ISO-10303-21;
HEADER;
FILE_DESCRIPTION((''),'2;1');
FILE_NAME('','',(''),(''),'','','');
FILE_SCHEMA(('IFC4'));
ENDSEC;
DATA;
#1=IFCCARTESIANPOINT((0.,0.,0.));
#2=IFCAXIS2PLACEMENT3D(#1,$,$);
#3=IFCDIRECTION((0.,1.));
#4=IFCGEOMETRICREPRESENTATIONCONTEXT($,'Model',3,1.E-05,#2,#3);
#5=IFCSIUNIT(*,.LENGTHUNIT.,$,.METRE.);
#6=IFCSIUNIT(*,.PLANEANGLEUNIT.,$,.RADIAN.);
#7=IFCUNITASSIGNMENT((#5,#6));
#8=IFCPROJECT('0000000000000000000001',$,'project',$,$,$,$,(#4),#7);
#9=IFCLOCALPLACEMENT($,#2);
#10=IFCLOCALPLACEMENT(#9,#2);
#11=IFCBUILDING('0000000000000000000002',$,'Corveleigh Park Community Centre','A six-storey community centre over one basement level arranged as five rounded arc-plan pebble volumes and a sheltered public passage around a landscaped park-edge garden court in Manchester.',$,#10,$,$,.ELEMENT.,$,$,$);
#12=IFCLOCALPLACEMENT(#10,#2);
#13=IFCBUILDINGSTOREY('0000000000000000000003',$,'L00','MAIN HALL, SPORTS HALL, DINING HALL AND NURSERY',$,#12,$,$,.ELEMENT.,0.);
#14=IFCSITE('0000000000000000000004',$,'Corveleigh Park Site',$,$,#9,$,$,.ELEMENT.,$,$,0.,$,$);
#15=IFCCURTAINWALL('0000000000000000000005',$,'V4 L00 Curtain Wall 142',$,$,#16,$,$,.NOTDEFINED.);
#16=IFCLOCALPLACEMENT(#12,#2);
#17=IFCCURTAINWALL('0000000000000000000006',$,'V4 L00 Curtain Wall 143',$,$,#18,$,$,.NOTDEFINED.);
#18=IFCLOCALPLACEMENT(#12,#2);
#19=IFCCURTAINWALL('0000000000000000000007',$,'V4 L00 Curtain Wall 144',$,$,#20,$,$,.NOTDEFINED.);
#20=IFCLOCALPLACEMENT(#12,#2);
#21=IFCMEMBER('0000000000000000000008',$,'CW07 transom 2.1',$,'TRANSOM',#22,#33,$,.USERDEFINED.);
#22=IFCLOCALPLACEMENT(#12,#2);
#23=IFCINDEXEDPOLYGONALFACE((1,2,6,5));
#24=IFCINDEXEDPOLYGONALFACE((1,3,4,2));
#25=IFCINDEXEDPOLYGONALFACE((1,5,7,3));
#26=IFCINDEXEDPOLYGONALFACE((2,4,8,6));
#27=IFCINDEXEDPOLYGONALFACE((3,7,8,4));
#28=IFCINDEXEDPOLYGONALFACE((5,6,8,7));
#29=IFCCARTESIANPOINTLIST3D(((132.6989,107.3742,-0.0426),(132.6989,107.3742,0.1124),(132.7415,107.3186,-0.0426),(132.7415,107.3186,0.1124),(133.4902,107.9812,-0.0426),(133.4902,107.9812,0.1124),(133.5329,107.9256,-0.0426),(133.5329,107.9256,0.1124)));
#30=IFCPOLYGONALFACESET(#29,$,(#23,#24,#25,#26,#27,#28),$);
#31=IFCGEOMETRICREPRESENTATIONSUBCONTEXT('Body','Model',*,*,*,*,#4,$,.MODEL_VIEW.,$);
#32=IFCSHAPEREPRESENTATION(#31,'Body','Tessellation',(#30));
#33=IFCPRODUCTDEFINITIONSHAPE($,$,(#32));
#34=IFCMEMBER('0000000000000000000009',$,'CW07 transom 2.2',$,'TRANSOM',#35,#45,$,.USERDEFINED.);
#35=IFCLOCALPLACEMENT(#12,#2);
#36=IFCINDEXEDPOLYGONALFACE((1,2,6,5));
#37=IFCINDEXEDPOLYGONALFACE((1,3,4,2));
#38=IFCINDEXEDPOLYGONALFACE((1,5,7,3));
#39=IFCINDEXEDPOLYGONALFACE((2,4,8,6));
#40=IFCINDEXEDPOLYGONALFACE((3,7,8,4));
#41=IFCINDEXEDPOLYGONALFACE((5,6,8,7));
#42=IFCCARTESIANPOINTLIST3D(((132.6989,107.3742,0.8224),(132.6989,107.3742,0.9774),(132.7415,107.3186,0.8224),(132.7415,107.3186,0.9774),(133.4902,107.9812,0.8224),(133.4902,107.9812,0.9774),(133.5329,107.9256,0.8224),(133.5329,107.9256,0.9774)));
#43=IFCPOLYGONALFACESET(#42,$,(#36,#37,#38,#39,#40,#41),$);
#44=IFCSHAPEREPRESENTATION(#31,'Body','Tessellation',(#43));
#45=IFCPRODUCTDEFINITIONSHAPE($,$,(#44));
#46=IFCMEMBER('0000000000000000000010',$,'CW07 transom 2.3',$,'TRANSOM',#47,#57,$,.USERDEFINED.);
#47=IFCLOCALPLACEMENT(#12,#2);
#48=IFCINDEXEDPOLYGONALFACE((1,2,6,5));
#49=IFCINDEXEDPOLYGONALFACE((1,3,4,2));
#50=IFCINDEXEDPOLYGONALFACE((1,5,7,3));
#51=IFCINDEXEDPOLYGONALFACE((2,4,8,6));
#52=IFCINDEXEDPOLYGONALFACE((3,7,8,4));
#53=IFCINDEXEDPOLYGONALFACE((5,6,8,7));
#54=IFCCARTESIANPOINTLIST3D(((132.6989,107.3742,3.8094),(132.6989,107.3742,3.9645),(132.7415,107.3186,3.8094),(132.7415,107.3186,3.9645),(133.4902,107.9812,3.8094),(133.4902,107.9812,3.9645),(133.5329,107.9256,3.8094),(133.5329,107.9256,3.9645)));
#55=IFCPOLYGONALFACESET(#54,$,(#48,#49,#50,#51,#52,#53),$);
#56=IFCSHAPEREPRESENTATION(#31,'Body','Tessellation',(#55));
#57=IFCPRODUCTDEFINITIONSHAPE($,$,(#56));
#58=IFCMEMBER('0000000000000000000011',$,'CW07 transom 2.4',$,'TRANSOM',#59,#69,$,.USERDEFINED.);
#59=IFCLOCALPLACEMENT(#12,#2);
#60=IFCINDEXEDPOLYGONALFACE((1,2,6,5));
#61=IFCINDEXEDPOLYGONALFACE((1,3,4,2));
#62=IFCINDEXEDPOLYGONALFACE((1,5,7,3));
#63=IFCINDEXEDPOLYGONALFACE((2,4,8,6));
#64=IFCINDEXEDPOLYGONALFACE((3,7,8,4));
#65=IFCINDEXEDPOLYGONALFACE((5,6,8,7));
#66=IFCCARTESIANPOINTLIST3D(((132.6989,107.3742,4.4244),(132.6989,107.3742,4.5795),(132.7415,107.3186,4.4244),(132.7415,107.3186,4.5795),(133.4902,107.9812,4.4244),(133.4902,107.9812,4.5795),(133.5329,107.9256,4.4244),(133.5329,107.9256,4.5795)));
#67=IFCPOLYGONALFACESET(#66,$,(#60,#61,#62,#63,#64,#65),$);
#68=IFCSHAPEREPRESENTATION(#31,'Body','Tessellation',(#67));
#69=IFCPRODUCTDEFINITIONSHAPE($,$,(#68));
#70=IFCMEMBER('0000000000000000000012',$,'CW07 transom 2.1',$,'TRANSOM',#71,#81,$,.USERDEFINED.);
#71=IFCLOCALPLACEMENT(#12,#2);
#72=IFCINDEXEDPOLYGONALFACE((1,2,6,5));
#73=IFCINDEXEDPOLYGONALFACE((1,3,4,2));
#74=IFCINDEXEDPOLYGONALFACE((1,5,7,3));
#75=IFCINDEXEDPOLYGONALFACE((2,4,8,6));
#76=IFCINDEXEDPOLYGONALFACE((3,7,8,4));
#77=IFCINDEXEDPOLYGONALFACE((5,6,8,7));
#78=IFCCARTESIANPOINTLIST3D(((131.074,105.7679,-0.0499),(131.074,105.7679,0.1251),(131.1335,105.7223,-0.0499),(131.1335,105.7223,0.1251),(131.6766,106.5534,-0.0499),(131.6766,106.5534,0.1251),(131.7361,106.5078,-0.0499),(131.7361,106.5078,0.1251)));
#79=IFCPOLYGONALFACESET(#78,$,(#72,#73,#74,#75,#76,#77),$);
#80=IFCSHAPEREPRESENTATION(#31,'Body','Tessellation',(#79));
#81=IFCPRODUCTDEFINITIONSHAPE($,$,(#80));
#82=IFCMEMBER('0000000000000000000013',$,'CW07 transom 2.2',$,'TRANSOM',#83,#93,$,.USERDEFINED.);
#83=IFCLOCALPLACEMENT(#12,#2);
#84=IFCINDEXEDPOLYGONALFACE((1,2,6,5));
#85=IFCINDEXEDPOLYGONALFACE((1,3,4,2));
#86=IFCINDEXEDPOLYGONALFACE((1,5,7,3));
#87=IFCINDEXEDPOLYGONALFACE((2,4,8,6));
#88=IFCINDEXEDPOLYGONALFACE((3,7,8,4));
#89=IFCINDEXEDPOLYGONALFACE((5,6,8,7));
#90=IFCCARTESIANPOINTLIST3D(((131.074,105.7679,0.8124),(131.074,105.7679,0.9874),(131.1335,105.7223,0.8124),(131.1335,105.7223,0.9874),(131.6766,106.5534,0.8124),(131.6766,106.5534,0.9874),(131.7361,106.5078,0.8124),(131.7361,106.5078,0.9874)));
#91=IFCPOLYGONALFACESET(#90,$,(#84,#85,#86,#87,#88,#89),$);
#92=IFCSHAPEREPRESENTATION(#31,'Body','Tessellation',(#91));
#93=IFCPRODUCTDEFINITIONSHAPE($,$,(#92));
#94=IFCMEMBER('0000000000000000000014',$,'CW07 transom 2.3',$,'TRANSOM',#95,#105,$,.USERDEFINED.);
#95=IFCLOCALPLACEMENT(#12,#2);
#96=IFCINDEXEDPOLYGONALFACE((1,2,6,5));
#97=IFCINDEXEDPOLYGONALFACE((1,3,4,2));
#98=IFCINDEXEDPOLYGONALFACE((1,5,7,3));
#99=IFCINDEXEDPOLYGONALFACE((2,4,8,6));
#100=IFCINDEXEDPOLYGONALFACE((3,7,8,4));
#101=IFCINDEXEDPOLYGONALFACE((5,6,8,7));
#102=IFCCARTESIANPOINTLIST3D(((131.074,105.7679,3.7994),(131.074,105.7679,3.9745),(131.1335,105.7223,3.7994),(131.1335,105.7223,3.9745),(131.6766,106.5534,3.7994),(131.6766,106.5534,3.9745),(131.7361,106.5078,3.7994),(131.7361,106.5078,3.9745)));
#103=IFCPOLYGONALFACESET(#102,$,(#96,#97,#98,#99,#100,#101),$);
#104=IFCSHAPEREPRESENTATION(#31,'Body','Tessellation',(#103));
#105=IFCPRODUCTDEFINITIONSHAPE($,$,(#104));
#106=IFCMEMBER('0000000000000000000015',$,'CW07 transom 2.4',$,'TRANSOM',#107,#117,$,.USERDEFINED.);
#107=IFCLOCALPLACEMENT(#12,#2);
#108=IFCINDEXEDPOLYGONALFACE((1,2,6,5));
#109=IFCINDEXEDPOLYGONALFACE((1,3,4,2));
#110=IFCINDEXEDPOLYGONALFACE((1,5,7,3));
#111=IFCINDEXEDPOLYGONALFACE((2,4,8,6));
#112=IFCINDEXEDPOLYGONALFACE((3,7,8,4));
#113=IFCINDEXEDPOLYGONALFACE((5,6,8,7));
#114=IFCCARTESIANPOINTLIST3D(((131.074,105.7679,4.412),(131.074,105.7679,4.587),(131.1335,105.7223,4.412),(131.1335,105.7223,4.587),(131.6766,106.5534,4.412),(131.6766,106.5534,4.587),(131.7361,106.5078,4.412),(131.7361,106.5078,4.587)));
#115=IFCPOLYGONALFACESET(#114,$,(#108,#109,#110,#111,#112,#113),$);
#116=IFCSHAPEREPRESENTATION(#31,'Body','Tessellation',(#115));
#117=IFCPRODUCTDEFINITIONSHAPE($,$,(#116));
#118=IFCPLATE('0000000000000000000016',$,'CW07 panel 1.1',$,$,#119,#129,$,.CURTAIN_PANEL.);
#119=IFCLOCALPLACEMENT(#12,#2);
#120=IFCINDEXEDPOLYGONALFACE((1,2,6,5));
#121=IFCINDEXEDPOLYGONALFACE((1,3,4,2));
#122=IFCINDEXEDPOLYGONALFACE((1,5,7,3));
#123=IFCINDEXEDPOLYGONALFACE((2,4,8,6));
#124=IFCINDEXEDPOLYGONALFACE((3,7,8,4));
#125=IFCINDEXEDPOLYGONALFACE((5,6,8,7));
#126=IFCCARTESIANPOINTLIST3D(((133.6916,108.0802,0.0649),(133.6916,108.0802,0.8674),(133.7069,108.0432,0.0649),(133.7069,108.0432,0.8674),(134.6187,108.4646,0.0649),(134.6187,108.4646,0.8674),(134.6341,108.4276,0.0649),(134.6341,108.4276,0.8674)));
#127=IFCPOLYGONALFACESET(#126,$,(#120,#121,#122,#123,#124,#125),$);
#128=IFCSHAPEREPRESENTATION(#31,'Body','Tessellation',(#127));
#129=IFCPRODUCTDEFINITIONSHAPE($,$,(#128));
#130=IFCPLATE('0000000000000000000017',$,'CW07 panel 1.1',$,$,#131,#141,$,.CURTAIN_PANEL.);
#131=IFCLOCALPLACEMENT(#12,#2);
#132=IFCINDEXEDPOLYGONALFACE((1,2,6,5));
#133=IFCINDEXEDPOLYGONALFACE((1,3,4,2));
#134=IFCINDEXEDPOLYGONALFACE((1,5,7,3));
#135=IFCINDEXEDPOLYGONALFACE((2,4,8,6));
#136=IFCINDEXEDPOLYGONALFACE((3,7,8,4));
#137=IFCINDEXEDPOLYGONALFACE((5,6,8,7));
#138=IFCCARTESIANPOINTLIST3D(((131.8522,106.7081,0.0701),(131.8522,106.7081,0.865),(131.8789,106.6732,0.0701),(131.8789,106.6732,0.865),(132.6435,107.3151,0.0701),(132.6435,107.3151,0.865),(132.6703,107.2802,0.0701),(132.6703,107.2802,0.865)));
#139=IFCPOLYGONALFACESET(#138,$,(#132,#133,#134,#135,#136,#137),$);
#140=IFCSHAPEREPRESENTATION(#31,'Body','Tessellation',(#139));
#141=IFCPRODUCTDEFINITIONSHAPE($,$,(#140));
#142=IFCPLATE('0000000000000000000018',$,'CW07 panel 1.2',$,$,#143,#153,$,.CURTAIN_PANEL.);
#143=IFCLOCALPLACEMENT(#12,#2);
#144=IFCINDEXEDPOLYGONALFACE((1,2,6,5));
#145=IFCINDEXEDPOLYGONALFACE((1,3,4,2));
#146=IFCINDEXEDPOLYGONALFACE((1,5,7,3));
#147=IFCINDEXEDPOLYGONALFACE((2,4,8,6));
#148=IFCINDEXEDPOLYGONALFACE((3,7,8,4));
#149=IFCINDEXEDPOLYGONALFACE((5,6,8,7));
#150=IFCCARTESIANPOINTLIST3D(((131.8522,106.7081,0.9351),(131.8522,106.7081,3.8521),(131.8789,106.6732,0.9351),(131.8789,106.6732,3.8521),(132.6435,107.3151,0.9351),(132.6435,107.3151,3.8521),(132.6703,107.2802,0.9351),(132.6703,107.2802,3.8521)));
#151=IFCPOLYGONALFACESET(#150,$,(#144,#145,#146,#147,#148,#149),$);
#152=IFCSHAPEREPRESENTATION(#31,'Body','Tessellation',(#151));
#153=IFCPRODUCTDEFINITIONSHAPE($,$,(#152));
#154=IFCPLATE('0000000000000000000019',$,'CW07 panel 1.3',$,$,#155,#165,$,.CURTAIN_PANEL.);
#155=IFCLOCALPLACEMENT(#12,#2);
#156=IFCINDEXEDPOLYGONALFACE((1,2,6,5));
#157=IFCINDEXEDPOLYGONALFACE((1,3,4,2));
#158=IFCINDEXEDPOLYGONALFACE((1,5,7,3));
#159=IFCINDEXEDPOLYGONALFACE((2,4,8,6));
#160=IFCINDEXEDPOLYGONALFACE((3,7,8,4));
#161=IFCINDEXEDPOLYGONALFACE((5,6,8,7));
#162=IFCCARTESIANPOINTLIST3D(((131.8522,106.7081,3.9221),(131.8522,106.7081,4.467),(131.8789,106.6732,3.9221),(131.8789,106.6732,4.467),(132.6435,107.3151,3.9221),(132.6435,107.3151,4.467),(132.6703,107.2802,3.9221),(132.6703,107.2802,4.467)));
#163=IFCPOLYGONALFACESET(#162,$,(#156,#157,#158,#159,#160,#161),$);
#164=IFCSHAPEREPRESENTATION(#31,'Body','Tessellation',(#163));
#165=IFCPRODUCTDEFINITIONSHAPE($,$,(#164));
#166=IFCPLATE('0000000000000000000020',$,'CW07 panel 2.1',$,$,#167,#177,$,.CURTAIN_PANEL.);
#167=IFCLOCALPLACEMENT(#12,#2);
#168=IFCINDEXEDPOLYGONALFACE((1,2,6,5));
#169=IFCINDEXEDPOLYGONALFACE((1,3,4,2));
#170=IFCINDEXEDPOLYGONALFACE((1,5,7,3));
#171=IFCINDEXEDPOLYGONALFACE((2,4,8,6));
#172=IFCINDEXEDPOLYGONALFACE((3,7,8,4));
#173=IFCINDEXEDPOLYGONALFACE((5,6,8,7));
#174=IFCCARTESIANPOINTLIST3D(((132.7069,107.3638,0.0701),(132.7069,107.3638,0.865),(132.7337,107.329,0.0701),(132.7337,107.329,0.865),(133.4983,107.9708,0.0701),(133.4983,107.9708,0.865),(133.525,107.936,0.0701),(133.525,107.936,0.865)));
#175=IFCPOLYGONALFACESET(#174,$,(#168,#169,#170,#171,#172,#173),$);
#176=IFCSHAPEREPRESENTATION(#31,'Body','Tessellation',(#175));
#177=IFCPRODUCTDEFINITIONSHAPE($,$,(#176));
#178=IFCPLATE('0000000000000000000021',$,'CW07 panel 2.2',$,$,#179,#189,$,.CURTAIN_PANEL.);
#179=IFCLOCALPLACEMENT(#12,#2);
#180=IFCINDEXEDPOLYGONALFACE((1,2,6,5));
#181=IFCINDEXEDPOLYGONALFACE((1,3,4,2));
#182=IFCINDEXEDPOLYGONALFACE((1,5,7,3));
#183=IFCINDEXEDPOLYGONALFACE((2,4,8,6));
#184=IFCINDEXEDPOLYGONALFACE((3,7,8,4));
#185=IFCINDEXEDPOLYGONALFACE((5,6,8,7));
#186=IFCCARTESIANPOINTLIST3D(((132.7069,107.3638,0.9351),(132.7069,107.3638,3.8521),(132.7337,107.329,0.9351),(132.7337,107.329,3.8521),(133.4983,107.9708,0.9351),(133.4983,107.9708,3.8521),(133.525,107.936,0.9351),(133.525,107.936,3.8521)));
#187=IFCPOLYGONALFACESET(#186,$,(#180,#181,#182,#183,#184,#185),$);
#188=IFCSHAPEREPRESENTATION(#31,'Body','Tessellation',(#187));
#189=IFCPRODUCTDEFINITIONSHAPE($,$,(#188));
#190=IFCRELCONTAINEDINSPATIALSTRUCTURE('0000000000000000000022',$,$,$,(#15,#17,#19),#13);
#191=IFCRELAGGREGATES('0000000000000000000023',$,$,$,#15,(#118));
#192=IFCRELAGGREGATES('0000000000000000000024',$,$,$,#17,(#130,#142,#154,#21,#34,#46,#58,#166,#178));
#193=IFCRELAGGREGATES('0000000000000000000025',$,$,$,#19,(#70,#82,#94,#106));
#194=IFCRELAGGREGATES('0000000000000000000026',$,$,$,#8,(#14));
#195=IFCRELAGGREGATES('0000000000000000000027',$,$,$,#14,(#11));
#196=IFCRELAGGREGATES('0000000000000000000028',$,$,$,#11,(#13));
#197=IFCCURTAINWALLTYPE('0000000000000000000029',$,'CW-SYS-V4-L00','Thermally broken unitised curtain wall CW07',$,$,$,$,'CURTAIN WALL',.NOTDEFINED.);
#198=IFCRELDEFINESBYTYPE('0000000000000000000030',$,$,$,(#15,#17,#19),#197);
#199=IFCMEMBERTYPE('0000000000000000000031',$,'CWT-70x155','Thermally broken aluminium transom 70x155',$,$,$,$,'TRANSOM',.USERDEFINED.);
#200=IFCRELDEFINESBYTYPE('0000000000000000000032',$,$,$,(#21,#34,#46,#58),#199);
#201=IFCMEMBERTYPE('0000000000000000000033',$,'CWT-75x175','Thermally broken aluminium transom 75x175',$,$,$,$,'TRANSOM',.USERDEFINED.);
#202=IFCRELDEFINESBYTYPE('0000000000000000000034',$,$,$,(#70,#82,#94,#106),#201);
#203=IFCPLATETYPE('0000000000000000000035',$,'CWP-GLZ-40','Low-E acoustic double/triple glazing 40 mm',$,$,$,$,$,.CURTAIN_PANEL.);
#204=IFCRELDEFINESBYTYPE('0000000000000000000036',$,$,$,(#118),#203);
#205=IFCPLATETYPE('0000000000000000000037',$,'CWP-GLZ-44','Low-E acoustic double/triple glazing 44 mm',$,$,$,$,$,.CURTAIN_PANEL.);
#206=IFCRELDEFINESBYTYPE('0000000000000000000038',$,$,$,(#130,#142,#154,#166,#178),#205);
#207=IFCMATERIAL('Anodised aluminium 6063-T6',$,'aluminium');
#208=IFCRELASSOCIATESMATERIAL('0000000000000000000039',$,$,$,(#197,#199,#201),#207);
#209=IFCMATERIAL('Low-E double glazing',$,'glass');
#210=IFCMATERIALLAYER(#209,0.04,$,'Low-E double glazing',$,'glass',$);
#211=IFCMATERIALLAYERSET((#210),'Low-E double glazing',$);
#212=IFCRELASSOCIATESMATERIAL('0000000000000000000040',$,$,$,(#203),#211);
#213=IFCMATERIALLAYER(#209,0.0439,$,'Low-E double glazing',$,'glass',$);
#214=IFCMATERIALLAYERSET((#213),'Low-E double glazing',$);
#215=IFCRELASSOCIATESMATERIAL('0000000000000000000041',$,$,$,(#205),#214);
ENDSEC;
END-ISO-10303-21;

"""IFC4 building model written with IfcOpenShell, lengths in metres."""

from ifc_helpers import new_model, si_unit, direction, frame, origin, origin_2d, place, context, subcontext, project, spatial, rectangle, extrude, material, layer, layer_set, material_profile, profile_set, type_object, element, aggregate, save


model = new_model("IFC4")

# Units and contexts
model_context = context("Model", 3, precision=1e-05, world=origin(), true_north=direction((0.0, 1.0)))
body_context = subcontext(model_context, "Body", "Model", "MODEL_VIEW")
ifc_project = project(units=[si_unit("LENGTHUNIT", "METRE"), si_unit("PLANEANGLEUNIT", "RADIAN")], contexts=[model_context])

# Site, building, storey
site_placement = place(None, origin())
site = spatial("IfcSite", under=ifc_project, at=site_placement, Name="Corveleigh Park Site", CompositionType="ELEMENT", RefElevation=0.0)
building_placement = place(site_placement, origin())
building = spatial("IfcBuilding", under=site, at=building_placement, Name="Corveleigh Park Community Centre", Description="A six-storey community centre over one basement level arranged as five rounded arc-plan pebble volumes and a sheltered public passage around a landscaped park-edge garden court in Manchester.", CompositionType="ELEMENT")
storey_placement = place(building_placement, origin())
storey = spatial("IfcBuildingStorey", under=building, at=storey_placement, Name="L00", Description="MAIN HALL, SPORTS HALL, DINING HALL AND NURSERY", CompositionType="ELEMENT", Elevation=0.0)

# Curtain wall
ifc_material_1 = material(Name="Anodised aluminium 6063-T6", Category="aluminium")
curtain_wall_type = type_object("IfcCurtainWallType", Name="CW-SYS-V4-L00", Description="Thermally broken unitised curtain wall CW07", ElementType="CURTAIN WALL", PredefinedType="NOTDEFINED", material=ifc_material_1)
curtain_wall_1_placement = place(storey_placement, origin())
curtain_wall_1 = element("IfcCurtainWall", 1, at=curtain_wall_1_placement, inside=storey, type_object=curtain_wall_type, Name="V4 L00 Curtain Wall 142", PredefinedType="NOTDEFINED")

# Curtain walls
curtain_wall_2_placement = place(storey_placement, origin())
curtain_wall_2 = element("IfcCurtainWall", 2, at=curtain_wall_2_placement, inside=storey, type_object=curtain_wall_type, Name="V4 L00 Curtain Wall 143", PredefinedType="NOTDEFINED")
curtain_wall_3_placement = place(storey_placement, origin())
curtain_wall_3 = element("IfcCurtainWall", 3, at=curtain_wall_3_placement, inside=storey, type_object=curtain_wall_type, Name="V4 L00 Curtain Wall 144", PredefinedType="NOTDEFINED")

# Members
ifc_material_profile_1 = material_profile(ifc_material_1, rectangle(XDim=0.0701, YDim=0.155, at=origin_2d()), Name="ALU-T70x155", Category="aluminium")
ifc_profile_set_1 = profile_set([ifc_material_profile_1], Name="Anodised aluminium 6063-T6")
member_type_1 = type_object("IfcMemberType", Name="CWT-70x155", Description="Thermally broken aluminium transom 70x155", ElementType="TRANSOM", PredefinedType="USERDEFINED", material=ifc_profile_set_1)
member_1_placement = place(storey_placement, frame((132.7202, 107.3464, 0.0349), z_axis=(0.793461, 0.608622, 0.0), x_axis=(-0.608622, 0.793461, 0.0)))
member_1 = element("IfcMember", 4, at=member_1_placement, type_object=member_type_1, Name="CW07 transom 2.1", ObjectType="TRANSOM", PredefinedType="USERDEFINED", context=body_context, shape_type="SweptSolid", body=[
    extrude(rectangle(XDim=0.0701, YDim=0.155, at=origin_2d()), origin(), (0.0, 0.0, 1.0), 0.9973),
])
member_2_placement = place(storey_placement, frame((132.7202, 107.3464, 0.8999), z_axis=(0.793461, 0.608622, 0.0), x_axis=(-0.608622, 0.793461, 0.0)))
member_2 = element("IfcMember", 5, at=member_2_placement, type_object=member_type_1, Name="CW07 transom 2.2", ObjectType="TRANSOM", PredefinedType="USERDEFINED", context=body_context, shape_type="SweptSolid", body=[
    extrude(rectangle(XDim=0.0701, YDim=0.155, at=origin_2d()), origin(), (0.0, 0.0, 1.0), 0.9973),
])
member_3_placement = place(storey_placement, frame((132.7202, 107.3464, 3.887), z_axis=(0.793461, 0.608622, 0.0), x_axis=(-0.608622, 0.793461, 0.0)))
member_3 = element("IfcMember", 6, at=member_3_placement, type_object=member_type_1, Name="CW07 transom 2.3", ObjectType="TRANSOM", PredefinedType="USERDEFINED", context=body_context, shape_type="SweptSolid", body=[
    extrude(rectangle(XDim=0.0701, YDim=0.155, at=origin_2d()), origin(), (0.0, 0.0, 1.0), 0.9973),
])
member_4_placement = place(storey_placement, frame((132.7202, 107.3464, 4.502), z_axis=(0.793461, 0.608622, 0.0), x_axis=(-0.608622, 0.793461, 0.0)))
member_4 = element("IfcMember", 7, at=member_4_placement, type_object=member_type_1, Name="CW07 transom 2.4", ObjectType="TRANSOM", PredefinedType="USERDEFINED", context=body_context, shape_type="SweptSolid", body=[
    extrude(rectangle(XDim=0.0701, YDim=0.155, at=origin_2d()), origin(), (0.0, 0.0, 1.0), 0.9973),
])
ifc_material_profile_2 = material_profile(ifc_material_1, rectangle(XDim=0.075, YDim=0.175, at=origin_2d()), Name="ALU-T75x175", Category="aluminium")
ifc_profile_set_2 = profile_set([ifc_material_profile_2], Name="Anodised aluminium 6063-T6")
member_type_2 = type_object("IfcMemberType", Name="CWT-75x175", Description="Thermally broken aluminium transom 75x175", ElementType="TRANSOM", PredefinedType="USERDEFINED", material=ifc_profile_set_2)
member_5_placement = place(storey_placement, frame((131.1038, 105.7451, 0.0376), z_axis=(0.608685, 0.793412, 0.0), x_axis=(-0.793412, 0.608685, 0.0)))
member_5 = element("IfcMember", 8, at=member_5_placement, type_object=member_type_2, Name="CW07 transom 2.1", ObjectType="TRANSOM", PredefinedType="USERDEFINED", context=body_context, shape_type="SweptSolid", body=[
    extrude(rectangle(XDim=0.075, YDim=0.175, at=origin_2d()), origin(), (0.0, 0.0, 1.0), 0.99),
])
member_6_placement = place(storey_placement, frame((131.1038, 105.7451, 0.8999), z_axis=(0.608685, 0.793412, 0.0), x_axis=(-0.793412, 0.608685, 0.0)))
member_6 = element("IfcMember", 9, at=member_6_placement, type_object=member_type_2, Name="CW07 transom 2.2", ObjectType="TRANSOM", PredefinedType="USERDEFINED", context=body_context, shape_type="SweptSolid", body=[
    extrude(rectangle(XDim=0.075, YDim=0.175, at=origin_2d()), origin(), (0.0, 0.0, 1.0), 0.99),
])
member_7_placement = place(storey_placement, frame((131.1038, 105.7451, 3.887), z_axis=(0.608685, 0.793412, 0.0), x_axis=(-0.793412, 0.608685, 0.0)))
member_7 = element("IfcMember", 10, at=member_7_placement, type_object=member_type_2, Name="CW07 transom 2.3", ObjectType="TRANSOM", PredefinedType="USERDEFINED", context=body_context, shape_type="SweptSolid", body=[
    extrude(rectangle(XDim=0.075, YDim=0.175, at=origin_2d()), origin(), (0.0, 0.0, 1.0), 0.99),
])
member_8_placement = place(storey_placement, frame((131.1038, 105.7451, 4.4995), z_axis=(0.608685, 0.793412, 0.0), x_axis=(-0.793412, 0.608685, 0.0)))
member_8 = element("IfcMember", 11, at=member_8_placement, type_object=member_type_2, Name="CW07 transom 2.4", ObjectType="TRANSOM", PredefinedType="USERDEFINED", context=body_context, shape_type="SweptSolid", body=[
    extrude(rectangle(XDim=0.075, YDim=0.175, at=origin_2d()), origin(), (0.0, 0.0, 1.0), 0.99),
])

# Plates
ifc_material_2 = material(Name="Low-E double glazing", Category="glass")
ifc_layer_1 = layer(ifc_material_2, 0.04, Name="Low-E double glazing", Category="glass")
ifc_layer_set_1 = layer_set([ifc_layer_1], Name="Low-E double glazing")
plate_type_1 = type_object("IfcPlateType", Name="CWP-GLZ-40", Description="Low-E acoustic double/triple glazing 40 mm", PredefinedType="CURTAIN_PANEL", material=ifc_layer_set_1)
plate_1_placement = place(storey_placement, frame((134.1628, 108.2539, 0.0649), z_axis=(0.0, 0.0, 1.0), x_axis=(0.923738, 0.383024, 0.0)))
plate_1 = element("IfcPlate", 12, at=plate_1_placement, type_object=plate_type_1, Name="CW07 panel 1.1", PredefinedType="CURTAIN_PANEL", context=body_context, shape_type="SweptSolid", body=[
    extrude(rectangle(XDim=1.0037, YDim=0.04, at=origin_2d()), origin(), (0.0, 0.0, 1.0), 0.8025),
])
aggregate(curtain_wall_1, [plate_1])
ifc_layer_2 = layer(ifc_material_2, 0.0439, Name="Low-E double glazing", Category="glass")
ifc_layer_set_2 = layer_set([ifc_layer_2], Name="Low-E double glazing")
plate_type_2 = type_object("IfcPlateType", Name="CWP-GLZ-44", Description="Low-E acoustic double/triple glazing 44 mm", PredefinedType="CURTAIN_PANEL", material=ifc_layer_set_2)
plate_2_placement = place(storey_placement, frame((132.2612, 106.9941, 0.0701), z_axis=(0.0, 0.0, 1.0), x_axis=(0.793455, 0.608629, 0.0)))
plate_2 = element("IfcPlate", 13, at=plate_2_placement, type_object=plate_type_2, Name="CW07 panel 1.1", PredefinedType="CURTAIN_PANEL", context=body_context, shape_type="SweptSolid", body=[
    extrude(rectangle(XDim=0.9973, YDim=0.0439, at=origin_2d()), origin(), (0.0, 0.0, 1.0), 0.7949),
])
plate_3_placement = place(storey_placement, frame((132.2612, 106.9941, 0.9351), z_axis=(0.0, 0.0, 1.0), x_axis=(0.793455, 0.608629, 0.0)))
plate_3 = element("IfcPlate", 14, at=plate_3_placement, type_object=plate_type_2, Name="CW07 panel 1.2", PredefinedType="CURTAIN_PANEL", context=body_context, shape_type="SweptSolid", body=[
    extrude(rectangle(XDim=0.9973, YDim=0.0439, at=origin_2d()), origin(), (0.0, 0.0, 1.0), 2.917),
])
plate_4_placement = place(storey_placement, frame((132.2612, 106.9941, 3.9221), z_axis=(0.0, 0.0, 1.0), x_axis=(0.793455, 0.608629, 0.0)))
plate_4 = element("IfcPlate", 15, at=plate_4_placement, type_object=plate_type_2, Name="CW07 panel 1.3", PredefinedType="CURTAIN_PANEL", context=body_context, shape_type="SweptSolid", body=[
    extrude(rectangle(XDim=0.9973, YDim=0.0439, at=origin_2d()), origin(), (0.0, 0.0, 1.0), 0.5449),
])
plate_5_placement = place(storey_placement, frame((133.116, 107.6499, 0.0701), z_axis=(0.0, 0.0, 1.0), x_axis=(0.793455, 0.608629, 0.0)))
plate_5 = element("IfcPlate", 16, at=plate_5_placement, type_object=plate_type_2, Name="CW07 panel 2.1", PredefinedType="CURTAIN_PANEL", context=body_context, shape_type="SweptSolid", body=[
    extrude(rectangle(XDim=0.9973, YDim=0.0439, at=origin_2d()), origin(), (0.0, 0.0, 1.0), 0.7949),
])
plate_6_placement = place(storey_placement, frame((133.116, 107.6499, 0.9351), z_axis=(0.0, 0.0, 1.0), x_axis=(0.793455, 0.608629, 0.0)))
plate_6 = element("IfcPlate", 17, at=plate_6_placement, type_object=plate_type_2, Name="CW07 panel 2.2", PredefinedType="CURTAIN_PANEL", context=body_context, shape_type="SweptSolid", body=[
    extrude(rectangle(XDim=0.9973, YDim=0.0439, at=origin_2d()), origin(), (0.0, 0.0, 1.0), 2.917),
])
aggregate(curtain_wall_2, [plate_2, plate_3, plate_4, member_1, member_2, member_3, member_4, plate_5, plate_6])
aggregate(curtain_wall_3, [member_5, member_6, member_7, member_8])

save(model, "model.ifc")
